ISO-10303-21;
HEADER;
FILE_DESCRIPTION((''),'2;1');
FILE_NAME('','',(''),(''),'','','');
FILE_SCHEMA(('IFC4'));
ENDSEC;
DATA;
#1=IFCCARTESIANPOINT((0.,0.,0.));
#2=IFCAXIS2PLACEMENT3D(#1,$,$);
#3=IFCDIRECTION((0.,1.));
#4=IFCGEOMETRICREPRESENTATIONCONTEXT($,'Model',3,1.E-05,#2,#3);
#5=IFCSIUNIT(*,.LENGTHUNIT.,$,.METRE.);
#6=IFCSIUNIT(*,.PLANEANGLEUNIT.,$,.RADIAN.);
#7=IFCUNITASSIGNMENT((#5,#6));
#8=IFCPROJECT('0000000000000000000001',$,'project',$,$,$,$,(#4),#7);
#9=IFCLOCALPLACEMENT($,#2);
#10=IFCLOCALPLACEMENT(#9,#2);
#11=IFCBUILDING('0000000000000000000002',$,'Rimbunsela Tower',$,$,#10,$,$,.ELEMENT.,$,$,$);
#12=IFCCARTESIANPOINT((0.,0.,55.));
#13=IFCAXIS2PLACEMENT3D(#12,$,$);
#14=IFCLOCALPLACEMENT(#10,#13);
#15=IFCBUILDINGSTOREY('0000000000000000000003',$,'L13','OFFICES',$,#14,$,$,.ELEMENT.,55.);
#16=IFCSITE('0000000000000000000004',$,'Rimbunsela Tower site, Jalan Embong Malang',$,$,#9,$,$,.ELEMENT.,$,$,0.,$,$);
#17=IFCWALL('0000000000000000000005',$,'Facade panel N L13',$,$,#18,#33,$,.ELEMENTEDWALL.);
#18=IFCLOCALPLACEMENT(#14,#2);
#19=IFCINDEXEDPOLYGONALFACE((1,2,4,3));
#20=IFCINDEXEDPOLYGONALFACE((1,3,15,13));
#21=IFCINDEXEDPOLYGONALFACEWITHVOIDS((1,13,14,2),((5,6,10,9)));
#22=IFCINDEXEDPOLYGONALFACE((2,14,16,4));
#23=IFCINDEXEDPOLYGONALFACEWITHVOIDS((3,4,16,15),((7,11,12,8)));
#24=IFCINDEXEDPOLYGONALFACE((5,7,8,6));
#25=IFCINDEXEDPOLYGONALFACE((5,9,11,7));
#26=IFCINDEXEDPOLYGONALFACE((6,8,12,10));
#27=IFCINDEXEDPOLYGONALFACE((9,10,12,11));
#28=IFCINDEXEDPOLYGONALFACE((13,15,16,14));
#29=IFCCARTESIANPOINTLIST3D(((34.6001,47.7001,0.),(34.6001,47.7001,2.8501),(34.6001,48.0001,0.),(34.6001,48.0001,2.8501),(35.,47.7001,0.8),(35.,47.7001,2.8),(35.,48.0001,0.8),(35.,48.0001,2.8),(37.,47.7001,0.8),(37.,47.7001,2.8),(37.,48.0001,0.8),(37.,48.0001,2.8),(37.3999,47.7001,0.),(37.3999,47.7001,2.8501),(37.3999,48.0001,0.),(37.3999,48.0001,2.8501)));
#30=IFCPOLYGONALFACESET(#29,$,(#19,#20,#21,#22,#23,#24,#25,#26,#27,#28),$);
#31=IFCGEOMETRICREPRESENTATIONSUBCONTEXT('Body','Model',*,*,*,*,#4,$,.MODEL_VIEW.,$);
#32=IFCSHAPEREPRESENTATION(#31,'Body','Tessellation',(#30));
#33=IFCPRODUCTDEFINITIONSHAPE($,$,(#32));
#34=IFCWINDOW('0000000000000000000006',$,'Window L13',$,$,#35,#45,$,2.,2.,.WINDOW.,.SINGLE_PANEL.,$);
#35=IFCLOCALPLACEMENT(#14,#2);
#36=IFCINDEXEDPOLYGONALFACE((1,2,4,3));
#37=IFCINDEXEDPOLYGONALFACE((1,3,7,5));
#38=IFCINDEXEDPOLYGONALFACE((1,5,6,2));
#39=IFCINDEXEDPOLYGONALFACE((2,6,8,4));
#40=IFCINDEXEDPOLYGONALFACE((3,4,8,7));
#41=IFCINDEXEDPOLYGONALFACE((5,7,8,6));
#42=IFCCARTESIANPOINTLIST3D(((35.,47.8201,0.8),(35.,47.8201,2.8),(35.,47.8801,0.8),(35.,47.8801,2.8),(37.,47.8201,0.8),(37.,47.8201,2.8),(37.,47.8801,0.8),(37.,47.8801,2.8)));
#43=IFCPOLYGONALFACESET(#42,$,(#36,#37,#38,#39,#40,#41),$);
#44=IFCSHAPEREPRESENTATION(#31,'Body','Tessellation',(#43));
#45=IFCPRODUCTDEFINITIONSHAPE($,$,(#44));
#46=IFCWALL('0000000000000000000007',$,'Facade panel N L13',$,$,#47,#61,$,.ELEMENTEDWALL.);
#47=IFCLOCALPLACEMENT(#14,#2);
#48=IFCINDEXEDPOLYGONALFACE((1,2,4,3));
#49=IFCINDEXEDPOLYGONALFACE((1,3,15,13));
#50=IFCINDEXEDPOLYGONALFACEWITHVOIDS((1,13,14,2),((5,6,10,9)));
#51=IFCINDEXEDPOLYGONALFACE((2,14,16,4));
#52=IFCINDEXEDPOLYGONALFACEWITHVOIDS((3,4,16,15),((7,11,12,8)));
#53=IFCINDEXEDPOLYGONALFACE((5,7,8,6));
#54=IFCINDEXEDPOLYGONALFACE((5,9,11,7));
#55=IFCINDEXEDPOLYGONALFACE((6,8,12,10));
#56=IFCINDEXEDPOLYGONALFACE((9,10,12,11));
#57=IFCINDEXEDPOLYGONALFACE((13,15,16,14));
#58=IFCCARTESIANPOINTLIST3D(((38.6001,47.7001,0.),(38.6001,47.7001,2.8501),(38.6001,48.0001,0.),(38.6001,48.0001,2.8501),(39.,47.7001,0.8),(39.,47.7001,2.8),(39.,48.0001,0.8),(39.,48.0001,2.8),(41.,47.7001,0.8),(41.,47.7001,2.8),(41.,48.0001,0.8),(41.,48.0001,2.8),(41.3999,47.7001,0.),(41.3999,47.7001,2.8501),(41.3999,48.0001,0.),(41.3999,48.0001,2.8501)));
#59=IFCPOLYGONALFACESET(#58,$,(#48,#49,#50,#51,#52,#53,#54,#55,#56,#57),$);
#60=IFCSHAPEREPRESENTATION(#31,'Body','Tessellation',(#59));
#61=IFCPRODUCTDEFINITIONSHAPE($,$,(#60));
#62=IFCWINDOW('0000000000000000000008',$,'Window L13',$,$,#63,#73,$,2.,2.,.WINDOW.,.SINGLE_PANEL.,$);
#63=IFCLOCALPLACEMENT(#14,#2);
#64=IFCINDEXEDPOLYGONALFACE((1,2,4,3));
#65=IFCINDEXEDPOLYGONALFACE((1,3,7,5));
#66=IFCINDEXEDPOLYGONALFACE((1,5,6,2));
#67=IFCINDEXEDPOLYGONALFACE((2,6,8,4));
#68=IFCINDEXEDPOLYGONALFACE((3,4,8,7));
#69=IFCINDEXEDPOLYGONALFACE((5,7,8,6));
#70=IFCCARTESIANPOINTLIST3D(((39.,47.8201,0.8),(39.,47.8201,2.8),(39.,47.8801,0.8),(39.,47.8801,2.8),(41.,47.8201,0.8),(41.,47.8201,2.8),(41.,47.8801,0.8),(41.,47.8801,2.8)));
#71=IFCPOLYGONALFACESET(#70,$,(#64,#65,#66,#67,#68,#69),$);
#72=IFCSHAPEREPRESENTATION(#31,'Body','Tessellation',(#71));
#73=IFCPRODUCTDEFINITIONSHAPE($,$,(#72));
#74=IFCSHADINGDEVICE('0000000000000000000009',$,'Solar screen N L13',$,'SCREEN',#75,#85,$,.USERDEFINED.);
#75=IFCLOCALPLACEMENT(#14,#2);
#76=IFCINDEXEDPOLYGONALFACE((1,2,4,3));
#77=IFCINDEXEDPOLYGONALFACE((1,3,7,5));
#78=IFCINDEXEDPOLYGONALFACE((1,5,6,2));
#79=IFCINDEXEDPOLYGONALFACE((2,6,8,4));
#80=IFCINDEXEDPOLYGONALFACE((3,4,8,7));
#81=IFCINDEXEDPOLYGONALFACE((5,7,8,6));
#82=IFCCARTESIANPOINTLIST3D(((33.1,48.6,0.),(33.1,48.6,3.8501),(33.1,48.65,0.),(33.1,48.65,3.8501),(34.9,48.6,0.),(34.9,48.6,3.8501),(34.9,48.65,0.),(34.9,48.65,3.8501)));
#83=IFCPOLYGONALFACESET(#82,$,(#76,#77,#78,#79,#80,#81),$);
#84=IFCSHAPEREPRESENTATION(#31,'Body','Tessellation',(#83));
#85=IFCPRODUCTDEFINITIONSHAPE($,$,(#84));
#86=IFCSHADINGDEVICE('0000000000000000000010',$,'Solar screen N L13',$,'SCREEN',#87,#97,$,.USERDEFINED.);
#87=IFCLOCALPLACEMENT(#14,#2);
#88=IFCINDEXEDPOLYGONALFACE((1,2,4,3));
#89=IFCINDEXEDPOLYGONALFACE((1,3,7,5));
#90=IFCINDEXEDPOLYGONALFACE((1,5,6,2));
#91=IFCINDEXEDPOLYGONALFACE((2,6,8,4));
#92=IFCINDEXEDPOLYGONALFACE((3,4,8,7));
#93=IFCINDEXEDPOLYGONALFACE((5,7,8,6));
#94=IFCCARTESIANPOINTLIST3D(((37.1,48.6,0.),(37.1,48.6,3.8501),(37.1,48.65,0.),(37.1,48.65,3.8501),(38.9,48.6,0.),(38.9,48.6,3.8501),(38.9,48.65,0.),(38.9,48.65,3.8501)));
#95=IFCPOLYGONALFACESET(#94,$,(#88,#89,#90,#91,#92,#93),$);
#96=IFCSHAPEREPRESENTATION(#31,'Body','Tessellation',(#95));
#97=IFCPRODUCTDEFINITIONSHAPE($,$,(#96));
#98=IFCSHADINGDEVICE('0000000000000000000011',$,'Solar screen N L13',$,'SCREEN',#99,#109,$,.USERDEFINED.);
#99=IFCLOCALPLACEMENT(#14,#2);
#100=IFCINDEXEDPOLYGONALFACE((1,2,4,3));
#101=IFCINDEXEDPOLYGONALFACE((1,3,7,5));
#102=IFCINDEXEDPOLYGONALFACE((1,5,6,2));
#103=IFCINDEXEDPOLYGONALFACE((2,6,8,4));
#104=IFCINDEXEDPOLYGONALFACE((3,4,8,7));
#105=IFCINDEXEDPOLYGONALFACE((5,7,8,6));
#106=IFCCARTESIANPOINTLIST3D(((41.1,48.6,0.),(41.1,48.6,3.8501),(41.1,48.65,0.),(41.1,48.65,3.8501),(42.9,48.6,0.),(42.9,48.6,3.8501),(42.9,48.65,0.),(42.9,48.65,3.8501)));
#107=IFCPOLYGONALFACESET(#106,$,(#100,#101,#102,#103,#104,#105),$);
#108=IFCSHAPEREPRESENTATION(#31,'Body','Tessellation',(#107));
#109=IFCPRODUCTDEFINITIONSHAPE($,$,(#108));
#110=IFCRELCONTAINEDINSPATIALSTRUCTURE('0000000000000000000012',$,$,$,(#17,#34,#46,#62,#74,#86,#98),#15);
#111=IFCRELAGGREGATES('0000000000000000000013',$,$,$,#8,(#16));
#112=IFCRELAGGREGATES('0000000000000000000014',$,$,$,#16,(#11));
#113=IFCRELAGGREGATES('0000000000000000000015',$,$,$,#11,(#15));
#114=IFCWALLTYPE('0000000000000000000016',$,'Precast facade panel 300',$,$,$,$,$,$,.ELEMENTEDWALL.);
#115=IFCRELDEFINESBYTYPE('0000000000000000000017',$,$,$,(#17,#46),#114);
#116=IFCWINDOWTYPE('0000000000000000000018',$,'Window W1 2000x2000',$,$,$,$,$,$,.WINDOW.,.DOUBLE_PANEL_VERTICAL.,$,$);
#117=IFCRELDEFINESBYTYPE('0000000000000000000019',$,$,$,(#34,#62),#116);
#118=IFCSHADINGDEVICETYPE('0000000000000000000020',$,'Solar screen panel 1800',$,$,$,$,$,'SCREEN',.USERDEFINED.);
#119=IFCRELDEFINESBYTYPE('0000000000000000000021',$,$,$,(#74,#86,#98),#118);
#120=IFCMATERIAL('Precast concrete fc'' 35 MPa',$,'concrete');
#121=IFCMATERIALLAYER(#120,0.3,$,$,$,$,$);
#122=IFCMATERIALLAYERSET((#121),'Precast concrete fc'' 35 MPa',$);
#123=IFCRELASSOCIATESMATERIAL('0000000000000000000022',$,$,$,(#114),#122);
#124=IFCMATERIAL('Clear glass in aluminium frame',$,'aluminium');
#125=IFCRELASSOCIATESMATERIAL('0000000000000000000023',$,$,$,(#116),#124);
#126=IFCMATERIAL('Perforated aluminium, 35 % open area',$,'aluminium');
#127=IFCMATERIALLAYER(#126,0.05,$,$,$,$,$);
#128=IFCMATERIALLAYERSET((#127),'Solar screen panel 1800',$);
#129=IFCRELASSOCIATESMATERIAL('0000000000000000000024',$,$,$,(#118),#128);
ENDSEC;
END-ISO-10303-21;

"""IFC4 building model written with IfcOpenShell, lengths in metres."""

from ifc_helpers import new_model, si_unit, direction, frame, frame_2d, origin, origin_2d, place, context, subcontext, project, spatial, rectangle, extrude, material, layer, layer_set, type_object, element, fill, save


model = new_model("IFC4")

# Units and contexts
model_context = context("Model", 3, precision=1e-05, world=origin(), true_north=direction((0.0, 1.0)))
body_context = subcontext(model_context, "Body", "Model", "MODEL_VIEW")
ifc_project = project(units=[si_unit("LENGTHUNIT", "METRE"), si_unit("PLANEANGLEUNIT", "RADIAN")], contexts=[model_context])

# Site, building, storey
site_placement = place(None, origin())
site = spatial("IfcSite", under=ifc_project, at=site_placement, Name="Rimbunsela Tower site, Jalan Embong Malang", CompositionType="ELEMENT", RefElevation=0.0)
building_placement = place(site_placement, origin())
building = spatial("IfcBuilding", under=site, at=building_placement, Name="Rimbunsela Tower", CompositionType="ELEMENT")
storey_placement = place(building_placement, frame((0.0, 0.0, 55.0)))
storey = spatial("IfcBuildingStorey", under=building, at=storey_placement, Name="L13", Description="OFFICES", CompositionType="ELEMENT", Elevation=55.0)

# Walls, openings, windows
ifc_material_1 = material(Name="Precast concrete fc' 35 MPa", Category="concrete")
ifc_layer_1 = layer(ifc_material_1, 0.3)
ifc_layer_set_1 = layer_set([ifc_layer_1], Name="Precast concrete fc' 35 MPa")
wall_type_1 = type_object("IfcWallType", Name="Precast facade panel 300", PredefinedType="ELEMENTEDWALL", material=ifc_layer_set_1)
wall_1_placement = place(storey_placement, frame((37.3999, 47.8501, 0.0), z_axis=(0.0, 0.0, 1.0), x_axis=(-1.0, 0.0, 0.0)))
wall_1 = element("IfcWall", 1, at=wall_1_placement, inside=storey, type_object=wall_type_1, Name="Facade panel N L13", PredefinedType="ELEMENTEDWALL", context=body_context, shape_type="SweptSolid", body=[
    extrude(rectangle(XDim=2.7998, YDim=0.3, at=frame_2d((1.3999, 0.0))), origin(), (0.0, 0.0, 1.0), 2.8501),
])
opening_1_placement = place(wall_1_placement, frame((0.3999, 0.0, 0.8)))
opening_1 = element("IfcOpeningElement", 2, at=opening_1_placement, cuts=wall_1, PredefinedType="OPENING", context=body_context, shape_type="SweptSolid", body=[
    extrude(rectangle(XDim=2.0, YDim=2.0, at=frame_2d((1.0, 1.0))), frame((0.0, 0.1599, 0.0), z_axis=(0.0, -1.0, 0.0), x_axis=(1.0, 0.0, 0.0)), (0.0, 0.0, 1.0), 0.3201),
])
ifc_material_2 = material(Name="Clear glass in aluminium frame", Category="aluminium")
window_type = type_object("IfcWindowType", Name="Window W1 2000x2000", PartitioningType="DOUBLE_PANEL_VERTICAL", PredefinedType="WINDOW", material=ifc_material_2)
window_1_placement = place(opening_1_placement, origin())
window_1 = element("IfcWindow", 3, at=window_1_placement, inside=storey, type_object=window_type, Name="Window L13", OverallHeight=2.0, OverallWidth=2.0, PartitioningType="SINGLE_PANEL", PredefinedType="WINDOW", context=body_context, shape_type="SweptSolid", body=[
    extrude(rectangle(XDim=2.0, YDim=2.0, at=frame_2d((1.0, 1.0))), frame((0.0, 0.03, 0.0), z_axis=(0.0, -1.0, 0.0), x_axis=(1.0, 0.0, 0.0)), (0.0, 0.0, 1.0), 0.0601),
])
fill(opening_1, window_1)
wall_2_placement = place(storey_placement, frame((41.3999, 47.8501, 0.0), z_axis=(0.0, 0.0, 1.0), x_axis=(-1.0, 0.0, 0.0)))
wall_2 = element("IfcWall", 4, at=wall_2_placement, inside=storey, type_object=wall_type_1, Name="Facade panel N L13", PredefinedType="ELEMENTEDWALL", context=body_context, shape_type="SweptSolid", body=[
    extrude(rectangle(XDim=2.7998, YDim=0.3, at=frame_2d((1.3999, 0.0))), origin(), (0.0, 0.0, 1.0), 2.8501),
])
opening_2_placement = place(wall_2_placement, frame((0.3999, 0.0, 0.8)))
opening_2 = element("IfcOpeningElement", 5, at=opening_2_placement, cuts=wall_2, PredefinedType="OPENING", context=body_context, shape_type="SweptSolid", body=[
    extrude(rectangle(XDim=2.0, YDim=2.0, at=frame_2d((1.0, 1.0))), frame((0.0, 0.1599, 0.0), z_axis=(0.0, -1.0, 0.0), x_axis=(1.0, 0.0, 0.0)), (0.0, 0.0, 1.0), 0.3201),
])
window_2_placement = place(opening_2_placement, origin())
window_2 = element("IfcWindow", 6, at=window_2_placement, inside=storey, type_object=window_type, Name="Window L13", OverallHeight=2.0, OverallWidth=2.0, PartitioningType="SINGLE_PANEL", PredefinedType="WINDOW", context=body_context, shape_type="SweptSolid", body=[
    extrude(rectangle(XDim=2.0, YDim=2.0, at=frame_2d((1.0, 1.0))), frame((0.0, 0.03, 0.0), z_axis=(0.0, -1.0, 0.0), x_axis=(1.0, 0.0, 0.0)), (0.0, 0.0, 1.0), 0.0601),
])
fill(opening_2, window_2)

# Shading devices
ifc_material_3 = material(Name="Perforated aluminium, 35 % open area", Category="aluminium")
ifc_layer_2 = layer(ifc_material_3, 0.05)
ifc_layer_set_2 = layer_set([ifc_layer_2], Name="Solar screen panel 1800")
shading_device_type = type_object("IfcShadingDeviceType", Name="Solar screen panel 1800", ElementType="SCREEN", PredefinedType="USERDEFINED", material=ifc_layer_set_2)
for number, where, z_axis, x_axis, name in (
    (7, (34.0, 48.625, 0.0), (0.0, 0.0, 1.0), (1.0, 0.0, 0.0), "Solar screen N L13"),
    (8, (38.0, 48.625, 0.0), (0.0, 0.0, 1.0), (1.0, 0.0, 0.0), "Solar screen N L13"),
    (9, (42.0, 48.625, 0.0), (0.0, 0.0, 1.0), (1.0, 0.0, 0.0), "Solar screen N L13"),
):
    element("IfcShadingDevice", number, at=place(storey_placement, frame(where, z_axis=z_axis, x_axis=x_axis)), inside=storey, type_object=shading_device_type, Name=name, ObjectType="SCREEN", PredefinedType="USERDEFINED", context=body_context, shape_type="SweptSolid", body=[
        extrude(rectangle(XDim=1.8, YDim=0.05, at=origin_2d()), origin(), (0.0, 0.0, 1.0), 3.8501),
    ])

save(model, "model.ifc")
